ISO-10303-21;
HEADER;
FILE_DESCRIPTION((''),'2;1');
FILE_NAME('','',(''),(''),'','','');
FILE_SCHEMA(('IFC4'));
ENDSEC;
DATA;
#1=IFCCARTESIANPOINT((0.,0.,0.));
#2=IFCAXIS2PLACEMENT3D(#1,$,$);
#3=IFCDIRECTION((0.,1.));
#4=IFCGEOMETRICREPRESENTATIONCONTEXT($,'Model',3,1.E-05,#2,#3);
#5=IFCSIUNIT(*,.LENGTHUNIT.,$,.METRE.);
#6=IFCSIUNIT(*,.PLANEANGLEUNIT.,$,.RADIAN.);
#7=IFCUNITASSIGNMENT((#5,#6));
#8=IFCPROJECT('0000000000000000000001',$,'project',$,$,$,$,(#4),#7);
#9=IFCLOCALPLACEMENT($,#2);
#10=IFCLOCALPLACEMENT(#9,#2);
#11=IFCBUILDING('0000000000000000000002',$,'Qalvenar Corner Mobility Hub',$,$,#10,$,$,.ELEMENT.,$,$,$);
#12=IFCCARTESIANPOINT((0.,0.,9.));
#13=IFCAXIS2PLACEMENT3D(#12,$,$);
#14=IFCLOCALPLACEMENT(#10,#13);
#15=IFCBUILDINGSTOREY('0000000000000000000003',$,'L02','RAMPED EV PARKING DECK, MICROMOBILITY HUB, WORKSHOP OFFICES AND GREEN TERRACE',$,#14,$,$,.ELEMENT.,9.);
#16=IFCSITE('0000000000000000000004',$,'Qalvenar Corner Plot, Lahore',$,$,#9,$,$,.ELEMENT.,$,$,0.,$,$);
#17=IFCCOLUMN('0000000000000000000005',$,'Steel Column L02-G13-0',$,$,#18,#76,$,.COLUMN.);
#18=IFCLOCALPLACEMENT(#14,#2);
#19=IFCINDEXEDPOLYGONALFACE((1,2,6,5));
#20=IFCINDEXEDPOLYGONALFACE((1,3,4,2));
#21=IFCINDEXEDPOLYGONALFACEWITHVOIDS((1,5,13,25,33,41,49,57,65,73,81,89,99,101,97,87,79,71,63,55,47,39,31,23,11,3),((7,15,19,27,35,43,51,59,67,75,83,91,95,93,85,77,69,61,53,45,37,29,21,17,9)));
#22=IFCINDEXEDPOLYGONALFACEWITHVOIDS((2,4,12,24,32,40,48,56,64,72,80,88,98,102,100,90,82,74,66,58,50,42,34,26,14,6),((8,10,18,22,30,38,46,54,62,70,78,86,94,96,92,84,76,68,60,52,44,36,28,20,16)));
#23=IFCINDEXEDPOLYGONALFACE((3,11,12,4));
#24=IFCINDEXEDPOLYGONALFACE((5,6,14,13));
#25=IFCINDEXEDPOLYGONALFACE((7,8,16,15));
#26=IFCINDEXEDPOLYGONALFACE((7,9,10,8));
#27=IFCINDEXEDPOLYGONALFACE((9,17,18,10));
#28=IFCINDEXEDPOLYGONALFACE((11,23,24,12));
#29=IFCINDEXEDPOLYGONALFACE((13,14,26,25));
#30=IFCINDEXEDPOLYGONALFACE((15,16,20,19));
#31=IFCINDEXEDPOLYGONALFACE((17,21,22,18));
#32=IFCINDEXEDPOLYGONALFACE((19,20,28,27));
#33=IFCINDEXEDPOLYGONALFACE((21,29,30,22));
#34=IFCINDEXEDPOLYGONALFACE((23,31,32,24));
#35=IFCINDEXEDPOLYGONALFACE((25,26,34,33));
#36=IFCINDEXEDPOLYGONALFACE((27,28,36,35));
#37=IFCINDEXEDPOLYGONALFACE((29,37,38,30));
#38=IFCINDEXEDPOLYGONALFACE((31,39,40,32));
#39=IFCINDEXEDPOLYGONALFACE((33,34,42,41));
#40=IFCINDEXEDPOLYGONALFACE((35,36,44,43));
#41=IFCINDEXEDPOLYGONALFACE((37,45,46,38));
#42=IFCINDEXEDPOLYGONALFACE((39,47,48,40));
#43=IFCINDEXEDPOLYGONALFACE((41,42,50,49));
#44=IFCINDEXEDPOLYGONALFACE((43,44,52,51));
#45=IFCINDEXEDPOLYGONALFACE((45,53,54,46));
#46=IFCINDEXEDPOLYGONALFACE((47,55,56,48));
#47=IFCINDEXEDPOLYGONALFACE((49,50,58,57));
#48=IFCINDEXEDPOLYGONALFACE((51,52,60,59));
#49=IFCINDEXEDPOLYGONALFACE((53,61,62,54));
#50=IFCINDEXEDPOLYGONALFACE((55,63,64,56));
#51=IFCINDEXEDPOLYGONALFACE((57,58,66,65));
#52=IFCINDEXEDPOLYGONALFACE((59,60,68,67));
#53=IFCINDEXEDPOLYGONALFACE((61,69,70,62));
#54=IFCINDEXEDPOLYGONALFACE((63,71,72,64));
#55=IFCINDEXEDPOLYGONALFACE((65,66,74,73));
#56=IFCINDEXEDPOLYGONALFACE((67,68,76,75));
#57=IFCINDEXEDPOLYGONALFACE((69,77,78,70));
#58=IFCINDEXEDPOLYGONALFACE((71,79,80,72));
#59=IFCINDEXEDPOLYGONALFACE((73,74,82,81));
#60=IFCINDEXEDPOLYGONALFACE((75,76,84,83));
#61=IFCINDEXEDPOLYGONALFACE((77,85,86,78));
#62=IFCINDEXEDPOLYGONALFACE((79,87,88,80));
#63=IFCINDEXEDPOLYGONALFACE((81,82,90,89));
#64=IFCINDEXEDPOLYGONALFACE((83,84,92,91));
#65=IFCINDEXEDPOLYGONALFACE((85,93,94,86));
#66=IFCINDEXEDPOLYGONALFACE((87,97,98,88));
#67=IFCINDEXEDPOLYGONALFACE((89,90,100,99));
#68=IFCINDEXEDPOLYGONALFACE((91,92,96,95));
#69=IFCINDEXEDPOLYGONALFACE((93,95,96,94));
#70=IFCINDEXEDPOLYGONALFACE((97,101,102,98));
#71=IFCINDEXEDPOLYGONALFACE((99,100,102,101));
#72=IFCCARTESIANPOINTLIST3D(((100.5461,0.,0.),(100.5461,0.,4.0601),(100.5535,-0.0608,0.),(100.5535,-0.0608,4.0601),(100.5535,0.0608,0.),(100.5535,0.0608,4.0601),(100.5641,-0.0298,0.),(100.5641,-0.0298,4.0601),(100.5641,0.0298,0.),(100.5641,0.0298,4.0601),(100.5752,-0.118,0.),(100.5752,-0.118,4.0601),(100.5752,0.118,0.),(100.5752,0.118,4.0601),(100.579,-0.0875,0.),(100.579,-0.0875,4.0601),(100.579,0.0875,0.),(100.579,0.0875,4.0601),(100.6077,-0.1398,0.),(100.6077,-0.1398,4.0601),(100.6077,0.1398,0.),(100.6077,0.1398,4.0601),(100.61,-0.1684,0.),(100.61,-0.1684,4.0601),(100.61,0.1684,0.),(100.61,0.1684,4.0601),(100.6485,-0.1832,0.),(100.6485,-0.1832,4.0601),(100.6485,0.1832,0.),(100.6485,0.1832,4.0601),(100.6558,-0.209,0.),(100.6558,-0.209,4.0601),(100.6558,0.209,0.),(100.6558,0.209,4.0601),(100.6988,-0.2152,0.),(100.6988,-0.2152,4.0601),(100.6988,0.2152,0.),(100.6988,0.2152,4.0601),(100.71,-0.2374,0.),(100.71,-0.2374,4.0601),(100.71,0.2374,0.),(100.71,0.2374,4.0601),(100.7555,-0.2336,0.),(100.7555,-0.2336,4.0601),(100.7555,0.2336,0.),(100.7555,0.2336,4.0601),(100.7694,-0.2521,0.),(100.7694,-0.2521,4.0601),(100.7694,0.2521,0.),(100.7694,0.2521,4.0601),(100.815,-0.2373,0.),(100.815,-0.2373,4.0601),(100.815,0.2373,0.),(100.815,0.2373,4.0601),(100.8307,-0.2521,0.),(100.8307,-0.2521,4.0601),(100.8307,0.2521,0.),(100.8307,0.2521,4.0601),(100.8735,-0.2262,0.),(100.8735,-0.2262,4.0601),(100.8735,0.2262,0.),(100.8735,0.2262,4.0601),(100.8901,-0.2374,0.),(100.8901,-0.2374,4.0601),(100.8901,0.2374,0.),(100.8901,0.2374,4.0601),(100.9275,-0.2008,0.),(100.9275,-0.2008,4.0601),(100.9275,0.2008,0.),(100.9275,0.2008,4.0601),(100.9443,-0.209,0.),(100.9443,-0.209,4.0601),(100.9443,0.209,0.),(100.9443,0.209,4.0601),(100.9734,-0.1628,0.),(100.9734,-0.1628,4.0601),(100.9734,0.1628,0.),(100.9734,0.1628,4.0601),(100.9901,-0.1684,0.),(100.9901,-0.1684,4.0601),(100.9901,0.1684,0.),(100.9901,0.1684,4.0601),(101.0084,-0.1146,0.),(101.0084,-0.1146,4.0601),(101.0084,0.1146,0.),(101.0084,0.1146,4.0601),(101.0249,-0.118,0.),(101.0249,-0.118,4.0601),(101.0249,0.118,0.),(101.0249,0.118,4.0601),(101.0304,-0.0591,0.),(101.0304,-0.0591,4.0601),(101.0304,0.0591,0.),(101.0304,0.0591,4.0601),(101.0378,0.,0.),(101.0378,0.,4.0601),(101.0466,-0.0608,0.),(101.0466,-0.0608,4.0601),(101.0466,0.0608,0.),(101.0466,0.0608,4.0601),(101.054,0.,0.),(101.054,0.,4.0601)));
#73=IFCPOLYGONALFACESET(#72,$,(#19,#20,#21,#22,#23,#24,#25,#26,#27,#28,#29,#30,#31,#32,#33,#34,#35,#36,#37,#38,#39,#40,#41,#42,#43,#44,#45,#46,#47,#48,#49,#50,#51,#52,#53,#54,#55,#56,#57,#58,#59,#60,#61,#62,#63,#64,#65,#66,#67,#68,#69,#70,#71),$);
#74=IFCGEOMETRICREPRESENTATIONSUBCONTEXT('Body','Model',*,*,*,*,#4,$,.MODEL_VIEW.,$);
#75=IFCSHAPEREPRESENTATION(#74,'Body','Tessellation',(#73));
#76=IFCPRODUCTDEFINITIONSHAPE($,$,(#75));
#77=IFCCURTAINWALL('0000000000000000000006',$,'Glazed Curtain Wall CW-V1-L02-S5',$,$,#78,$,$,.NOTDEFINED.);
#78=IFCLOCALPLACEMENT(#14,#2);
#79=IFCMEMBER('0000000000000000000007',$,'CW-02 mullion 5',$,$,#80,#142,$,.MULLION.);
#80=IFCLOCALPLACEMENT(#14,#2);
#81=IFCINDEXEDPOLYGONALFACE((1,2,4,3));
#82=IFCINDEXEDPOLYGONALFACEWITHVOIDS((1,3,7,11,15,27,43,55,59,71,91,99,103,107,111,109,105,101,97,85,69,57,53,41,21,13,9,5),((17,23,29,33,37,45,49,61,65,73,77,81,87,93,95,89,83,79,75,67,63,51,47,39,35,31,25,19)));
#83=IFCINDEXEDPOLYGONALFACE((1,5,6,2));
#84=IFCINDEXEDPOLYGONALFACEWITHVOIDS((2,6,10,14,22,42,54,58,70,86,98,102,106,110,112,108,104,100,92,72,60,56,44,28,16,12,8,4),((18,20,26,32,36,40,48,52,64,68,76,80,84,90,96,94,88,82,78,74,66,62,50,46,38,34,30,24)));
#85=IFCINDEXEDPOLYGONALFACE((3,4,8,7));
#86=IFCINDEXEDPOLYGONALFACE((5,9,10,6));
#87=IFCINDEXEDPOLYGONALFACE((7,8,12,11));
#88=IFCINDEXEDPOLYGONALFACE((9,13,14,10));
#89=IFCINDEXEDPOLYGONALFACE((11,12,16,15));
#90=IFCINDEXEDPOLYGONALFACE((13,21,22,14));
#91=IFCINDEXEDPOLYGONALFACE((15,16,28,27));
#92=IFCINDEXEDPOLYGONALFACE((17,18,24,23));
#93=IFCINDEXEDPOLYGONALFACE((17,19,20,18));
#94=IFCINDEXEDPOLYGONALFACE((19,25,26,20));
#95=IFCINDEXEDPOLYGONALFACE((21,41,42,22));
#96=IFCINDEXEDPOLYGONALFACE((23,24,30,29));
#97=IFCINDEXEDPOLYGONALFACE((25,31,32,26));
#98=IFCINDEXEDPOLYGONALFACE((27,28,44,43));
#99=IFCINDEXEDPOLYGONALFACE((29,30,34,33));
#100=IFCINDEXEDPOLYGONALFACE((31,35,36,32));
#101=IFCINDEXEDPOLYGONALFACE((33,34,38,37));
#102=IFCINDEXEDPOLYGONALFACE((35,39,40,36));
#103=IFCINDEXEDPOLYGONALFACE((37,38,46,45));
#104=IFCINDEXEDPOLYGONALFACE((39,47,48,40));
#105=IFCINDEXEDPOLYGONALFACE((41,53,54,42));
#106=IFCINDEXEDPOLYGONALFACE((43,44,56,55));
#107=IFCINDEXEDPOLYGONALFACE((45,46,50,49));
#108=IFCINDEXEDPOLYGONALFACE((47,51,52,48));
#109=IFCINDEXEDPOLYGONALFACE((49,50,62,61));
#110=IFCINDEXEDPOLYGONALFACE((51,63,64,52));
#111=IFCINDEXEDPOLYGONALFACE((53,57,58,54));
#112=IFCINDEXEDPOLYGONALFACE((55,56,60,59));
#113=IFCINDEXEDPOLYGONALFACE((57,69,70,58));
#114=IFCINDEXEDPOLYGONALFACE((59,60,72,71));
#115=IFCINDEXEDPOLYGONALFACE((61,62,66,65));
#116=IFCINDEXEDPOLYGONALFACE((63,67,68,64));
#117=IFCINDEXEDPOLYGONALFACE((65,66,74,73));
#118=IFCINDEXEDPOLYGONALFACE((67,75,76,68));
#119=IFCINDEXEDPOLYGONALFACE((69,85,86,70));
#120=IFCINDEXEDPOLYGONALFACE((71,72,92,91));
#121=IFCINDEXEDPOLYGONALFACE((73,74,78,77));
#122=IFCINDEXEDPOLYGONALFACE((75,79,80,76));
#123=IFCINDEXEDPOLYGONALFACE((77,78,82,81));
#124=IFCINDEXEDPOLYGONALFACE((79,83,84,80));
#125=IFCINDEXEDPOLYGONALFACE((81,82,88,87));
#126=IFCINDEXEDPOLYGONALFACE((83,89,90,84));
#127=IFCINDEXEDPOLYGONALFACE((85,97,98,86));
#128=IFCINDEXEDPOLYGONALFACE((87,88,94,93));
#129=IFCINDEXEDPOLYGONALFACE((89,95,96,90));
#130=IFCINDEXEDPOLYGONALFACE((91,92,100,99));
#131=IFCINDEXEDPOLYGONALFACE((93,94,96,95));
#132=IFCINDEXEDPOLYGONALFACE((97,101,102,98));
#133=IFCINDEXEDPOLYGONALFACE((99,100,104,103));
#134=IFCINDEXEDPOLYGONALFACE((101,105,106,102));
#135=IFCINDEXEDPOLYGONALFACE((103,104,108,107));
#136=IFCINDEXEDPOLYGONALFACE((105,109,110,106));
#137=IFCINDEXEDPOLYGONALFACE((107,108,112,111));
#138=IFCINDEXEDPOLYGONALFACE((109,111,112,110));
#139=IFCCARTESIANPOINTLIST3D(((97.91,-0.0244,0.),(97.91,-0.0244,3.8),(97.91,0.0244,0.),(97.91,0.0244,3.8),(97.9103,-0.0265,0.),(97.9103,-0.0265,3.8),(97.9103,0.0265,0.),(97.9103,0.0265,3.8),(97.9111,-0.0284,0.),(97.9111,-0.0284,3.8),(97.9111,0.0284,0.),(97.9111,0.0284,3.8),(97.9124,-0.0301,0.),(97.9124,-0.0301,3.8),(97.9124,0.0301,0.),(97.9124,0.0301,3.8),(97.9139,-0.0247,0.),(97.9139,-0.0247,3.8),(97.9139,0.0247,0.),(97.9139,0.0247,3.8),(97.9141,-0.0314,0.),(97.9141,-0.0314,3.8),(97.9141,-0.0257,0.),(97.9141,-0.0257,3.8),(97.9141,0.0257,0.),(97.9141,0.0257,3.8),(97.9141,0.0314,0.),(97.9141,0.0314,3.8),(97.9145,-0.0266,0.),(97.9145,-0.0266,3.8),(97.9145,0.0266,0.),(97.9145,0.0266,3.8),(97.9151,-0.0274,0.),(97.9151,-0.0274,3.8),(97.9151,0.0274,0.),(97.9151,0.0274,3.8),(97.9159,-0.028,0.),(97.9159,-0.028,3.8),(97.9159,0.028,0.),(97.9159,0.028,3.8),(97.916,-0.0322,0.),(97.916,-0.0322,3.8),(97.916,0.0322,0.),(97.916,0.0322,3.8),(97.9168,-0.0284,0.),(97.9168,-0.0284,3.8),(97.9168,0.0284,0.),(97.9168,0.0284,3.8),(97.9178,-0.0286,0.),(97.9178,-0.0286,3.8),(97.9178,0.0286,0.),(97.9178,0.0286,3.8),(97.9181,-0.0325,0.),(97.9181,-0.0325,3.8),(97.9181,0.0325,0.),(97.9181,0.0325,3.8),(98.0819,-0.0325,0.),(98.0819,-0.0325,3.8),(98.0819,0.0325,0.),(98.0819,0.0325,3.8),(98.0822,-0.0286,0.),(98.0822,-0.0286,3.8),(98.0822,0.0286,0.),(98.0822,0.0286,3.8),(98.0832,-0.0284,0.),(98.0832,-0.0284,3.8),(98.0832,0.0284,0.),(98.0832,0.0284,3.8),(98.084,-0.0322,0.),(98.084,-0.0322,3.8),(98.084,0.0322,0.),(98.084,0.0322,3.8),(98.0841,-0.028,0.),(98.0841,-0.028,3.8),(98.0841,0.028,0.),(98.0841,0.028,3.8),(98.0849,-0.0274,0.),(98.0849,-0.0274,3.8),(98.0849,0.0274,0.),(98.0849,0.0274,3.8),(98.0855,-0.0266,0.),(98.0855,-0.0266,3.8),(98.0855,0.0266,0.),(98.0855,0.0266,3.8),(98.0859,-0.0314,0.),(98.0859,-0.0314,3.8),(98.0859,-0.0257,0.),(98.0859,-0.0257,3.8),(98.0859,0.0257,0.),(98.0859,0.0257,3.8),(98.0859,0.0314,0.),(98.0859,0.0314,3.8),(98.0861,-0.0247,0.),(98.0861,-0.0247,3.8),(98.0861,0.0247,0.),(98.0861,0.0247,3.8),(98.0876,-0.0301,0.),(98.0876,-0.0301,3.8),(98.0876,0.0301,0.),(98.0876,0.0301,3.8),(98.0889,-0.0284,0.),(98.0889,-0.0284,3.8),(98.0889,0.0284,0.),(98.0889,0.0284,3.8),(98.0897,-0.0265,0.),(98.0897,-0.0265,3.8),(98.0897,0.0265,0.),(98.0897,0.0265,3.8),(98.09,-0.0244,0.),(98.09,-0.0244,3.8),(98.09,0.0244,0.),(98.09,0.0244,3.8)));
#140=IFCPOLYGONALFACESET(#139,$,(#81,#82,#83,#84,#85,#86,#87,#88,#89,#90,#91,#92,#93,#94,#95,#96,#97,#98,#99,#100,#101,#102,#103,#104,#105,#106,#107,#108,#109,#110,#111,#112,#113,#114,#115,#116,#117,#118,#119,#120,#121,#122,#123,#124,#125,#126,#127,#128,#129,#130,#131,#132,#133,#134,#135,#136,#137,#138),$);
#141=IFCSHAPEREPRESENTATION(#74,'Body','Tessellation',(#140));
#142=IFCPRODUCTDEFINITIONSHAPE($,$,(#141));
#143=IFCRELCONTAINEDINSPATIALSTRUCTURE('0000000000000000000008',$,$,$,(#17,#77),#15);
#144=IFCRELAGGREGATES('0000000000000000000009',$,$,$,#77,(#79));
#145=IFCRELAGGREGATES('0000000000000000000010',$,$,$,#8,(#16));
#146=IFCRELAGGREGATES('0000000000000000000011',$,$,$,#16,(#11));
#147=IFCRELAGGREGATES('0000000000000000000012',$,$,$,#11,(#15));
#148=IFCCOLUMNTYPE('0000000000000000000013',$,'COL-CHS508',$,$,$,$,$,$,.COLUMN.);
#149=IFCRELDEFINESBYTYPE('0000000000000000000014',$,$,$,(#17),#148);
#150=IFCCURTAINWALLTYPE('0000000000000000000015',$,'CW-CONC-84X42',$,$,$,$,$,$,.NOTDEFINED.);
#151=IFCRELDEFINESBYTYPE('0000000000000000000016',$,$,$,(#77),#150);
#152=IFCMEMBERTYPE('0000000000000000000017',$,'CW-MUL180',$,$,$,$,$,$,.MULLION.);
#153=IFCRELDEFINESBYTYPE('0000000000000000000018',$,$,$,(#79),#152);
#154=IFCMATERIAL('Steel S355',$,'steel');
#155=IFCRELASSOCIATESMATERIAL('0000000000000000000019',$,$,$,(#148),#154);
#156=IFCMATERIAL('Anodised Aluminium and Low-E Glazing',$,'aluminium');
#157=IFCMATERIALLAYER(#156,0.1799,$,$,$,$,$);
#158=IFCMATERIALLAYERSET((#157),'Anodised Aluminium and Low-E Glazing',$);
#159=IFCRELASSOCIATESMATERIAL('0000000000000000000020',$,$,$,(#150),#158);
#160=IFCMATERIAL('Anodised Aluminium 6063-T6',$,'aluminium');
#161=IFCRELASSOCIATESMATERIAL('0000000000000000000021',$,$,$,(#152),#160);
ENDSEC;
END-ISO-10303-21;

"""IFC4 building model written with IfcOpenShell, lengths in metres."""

from ifc_helpers import new_model, si_unit, direction, frame, origin, origin_2d, place, context, subcontext, project, spatial, hollow_rectangle, hollow_circle, extrude, material, layer, layer_set, material_profile, profile_set, type_object, element, aggregate, save


model = new_model("IFC4")

# Units and contexts
model_context = context("Model", 3, precision=1e-05, world=origin(), true_north=direction((0.0, 1.0)))
body_context = subcontext(model_context, "Body", "Model", "MODEL_VIEW")
ifc_project = project(units=[si_unit("LENGTHUNIT", "METRE"), si_unit("PLANEANGLEUNIT", "RADIAN")], contexts=[model_context])

# Site, building, storey
site_placement = place(None, origin())
site = spatial("IfcSite", under=ifc_project, at=site_placement, Name="Qalvenar Corner Plot, Lahore", CompositionType="ELEMENT", RefElevation=0.0)
building_placement = place(site_placement, origin())
building = spatial("IfcBuilding", under=site, at=building_placement, Name="Qalvenar Corner Mobility Hub", CompositionType="ELEMENT")
storey_placement = place(building_placement, frame((0.0, 0.0, 9.0)))
storey = spatial("IfcBuildingStorey", under=building, at=storey_placement, Name="L02", Description="RAMPED EV PARKING DECK, MICROMOBILITY HUB, WORKSHOP OFFICES AND GREEN TERRACE", CompositionType="ELEMENT", Elevation=9.0)

# Column
ifc_material_1 = material(Name="Steel S355", Category="steel")
ifc_material_profile_1 = material_profile(ifc_material_1, hollow_circle(Radius=0.2539, WallThickness=0.0161, at=origin_2d()), Name="CHS508x16")
ifc_profile_set_1 = profile_set([ifc_material_profile_1], Name="Steel S355")
column_type = type_object("IfcColumnType", Name="COL-CHS508", PredefinedType="COLUMN", material=ifc_profile_set_1)
column_placement = place(storey_placement, frame((100.8, 0.0, 0.0), z_axis=(0.0, 0.0, 1.0), x_axis=(1.0, 0.0, 0.0)))
element("IfcColumn", 1, at=column_placement, inside=storey, type_object=column_type, Name="Steel Column L02-G13-0", PredefinedType="COLUMN", context=body_context, shape_type="SweptSolid", body=[
    extrude(hollow_circle(Radius=0.2539, WallThickness=0.0161, at=origin_2d()), origin(), (0.0, 0.0, 1.0), 4.0601),
])

# Curtain wall, member
ifc_material_2 = material(Name="Anodised Aluminium and Low-E Glazing", Category="aluminium")
ifc_layer_1 = layer(ifc_material_2, 0.1799)
ifc_layer_set_1 = layer_set([ifc_layer_1], Name="Anodised Aluminium and Low-E Glazing")
curtain_wall_type = type_object("IfcCurtainWallType", Name="CW-CONC-84X42", PredefinedType="NOTDEFINED", material=ifc_layer_set_1)
curtain_wall_1_placement = place(storey_placement, origin())
curtain_wall_1 = element("IfcCurtainWall", 2, at=curtain_wall_1_placement, inside=storey, type_object=curtain_wall_type, Name="Glazed Curtain Wall CW-V1-L02-S5", PredefinedType="NOTDEFINED")
ifc_material_3 = material(Name="Anodised Aluminium 6063-T6", Category="aluminium")
ifc_material_profile_2 = material_profile(ifc_material_3, hollow_rectangle(XDim=0.0649, YDim=0.1799, WallThickness=0.0039, InnerFilletRadius=0.0039, OuterFilletRadius=0.0081, at=origin_2d()), Name="RHS180x65x4")
ifc_profile_set_2 = profile_set([ifc_material_profile_2], Name="Anodised Aluminium 6063-T6")
member_type_1 = type_object("IfcMemberType", Name="CW-MUL180", PredefinedType="MULLION", material=ifc_profile_set_2)
member_1_placement = place(storey_placement, frame((98.0, 0.0, 0.0), z_axis=(0.0, 0.0, 1.0), x_axis=(0.0, 1.0, 0.0)))
member_1 = element("IfcMember", 3, at=member_1_placement, type_object=member_type_1, Name="CW-02 mullion 5", PredefinedType="MULLION", context=body_context, shape_type="SweptSolid", body=[
    extrude(hollow_rectangle(XDim=0.0649, YDim=0.1799, WallThickness=0.0039, InnerFilletRadius=0.0039, OuterFilletRadius=0.0081, at=origin_2d()), origin(), (0.0, 0.0, 1.0), 3.8),
])

aggregate(curtain_wall_1, [member_1])

save(model, "model.ifc")
